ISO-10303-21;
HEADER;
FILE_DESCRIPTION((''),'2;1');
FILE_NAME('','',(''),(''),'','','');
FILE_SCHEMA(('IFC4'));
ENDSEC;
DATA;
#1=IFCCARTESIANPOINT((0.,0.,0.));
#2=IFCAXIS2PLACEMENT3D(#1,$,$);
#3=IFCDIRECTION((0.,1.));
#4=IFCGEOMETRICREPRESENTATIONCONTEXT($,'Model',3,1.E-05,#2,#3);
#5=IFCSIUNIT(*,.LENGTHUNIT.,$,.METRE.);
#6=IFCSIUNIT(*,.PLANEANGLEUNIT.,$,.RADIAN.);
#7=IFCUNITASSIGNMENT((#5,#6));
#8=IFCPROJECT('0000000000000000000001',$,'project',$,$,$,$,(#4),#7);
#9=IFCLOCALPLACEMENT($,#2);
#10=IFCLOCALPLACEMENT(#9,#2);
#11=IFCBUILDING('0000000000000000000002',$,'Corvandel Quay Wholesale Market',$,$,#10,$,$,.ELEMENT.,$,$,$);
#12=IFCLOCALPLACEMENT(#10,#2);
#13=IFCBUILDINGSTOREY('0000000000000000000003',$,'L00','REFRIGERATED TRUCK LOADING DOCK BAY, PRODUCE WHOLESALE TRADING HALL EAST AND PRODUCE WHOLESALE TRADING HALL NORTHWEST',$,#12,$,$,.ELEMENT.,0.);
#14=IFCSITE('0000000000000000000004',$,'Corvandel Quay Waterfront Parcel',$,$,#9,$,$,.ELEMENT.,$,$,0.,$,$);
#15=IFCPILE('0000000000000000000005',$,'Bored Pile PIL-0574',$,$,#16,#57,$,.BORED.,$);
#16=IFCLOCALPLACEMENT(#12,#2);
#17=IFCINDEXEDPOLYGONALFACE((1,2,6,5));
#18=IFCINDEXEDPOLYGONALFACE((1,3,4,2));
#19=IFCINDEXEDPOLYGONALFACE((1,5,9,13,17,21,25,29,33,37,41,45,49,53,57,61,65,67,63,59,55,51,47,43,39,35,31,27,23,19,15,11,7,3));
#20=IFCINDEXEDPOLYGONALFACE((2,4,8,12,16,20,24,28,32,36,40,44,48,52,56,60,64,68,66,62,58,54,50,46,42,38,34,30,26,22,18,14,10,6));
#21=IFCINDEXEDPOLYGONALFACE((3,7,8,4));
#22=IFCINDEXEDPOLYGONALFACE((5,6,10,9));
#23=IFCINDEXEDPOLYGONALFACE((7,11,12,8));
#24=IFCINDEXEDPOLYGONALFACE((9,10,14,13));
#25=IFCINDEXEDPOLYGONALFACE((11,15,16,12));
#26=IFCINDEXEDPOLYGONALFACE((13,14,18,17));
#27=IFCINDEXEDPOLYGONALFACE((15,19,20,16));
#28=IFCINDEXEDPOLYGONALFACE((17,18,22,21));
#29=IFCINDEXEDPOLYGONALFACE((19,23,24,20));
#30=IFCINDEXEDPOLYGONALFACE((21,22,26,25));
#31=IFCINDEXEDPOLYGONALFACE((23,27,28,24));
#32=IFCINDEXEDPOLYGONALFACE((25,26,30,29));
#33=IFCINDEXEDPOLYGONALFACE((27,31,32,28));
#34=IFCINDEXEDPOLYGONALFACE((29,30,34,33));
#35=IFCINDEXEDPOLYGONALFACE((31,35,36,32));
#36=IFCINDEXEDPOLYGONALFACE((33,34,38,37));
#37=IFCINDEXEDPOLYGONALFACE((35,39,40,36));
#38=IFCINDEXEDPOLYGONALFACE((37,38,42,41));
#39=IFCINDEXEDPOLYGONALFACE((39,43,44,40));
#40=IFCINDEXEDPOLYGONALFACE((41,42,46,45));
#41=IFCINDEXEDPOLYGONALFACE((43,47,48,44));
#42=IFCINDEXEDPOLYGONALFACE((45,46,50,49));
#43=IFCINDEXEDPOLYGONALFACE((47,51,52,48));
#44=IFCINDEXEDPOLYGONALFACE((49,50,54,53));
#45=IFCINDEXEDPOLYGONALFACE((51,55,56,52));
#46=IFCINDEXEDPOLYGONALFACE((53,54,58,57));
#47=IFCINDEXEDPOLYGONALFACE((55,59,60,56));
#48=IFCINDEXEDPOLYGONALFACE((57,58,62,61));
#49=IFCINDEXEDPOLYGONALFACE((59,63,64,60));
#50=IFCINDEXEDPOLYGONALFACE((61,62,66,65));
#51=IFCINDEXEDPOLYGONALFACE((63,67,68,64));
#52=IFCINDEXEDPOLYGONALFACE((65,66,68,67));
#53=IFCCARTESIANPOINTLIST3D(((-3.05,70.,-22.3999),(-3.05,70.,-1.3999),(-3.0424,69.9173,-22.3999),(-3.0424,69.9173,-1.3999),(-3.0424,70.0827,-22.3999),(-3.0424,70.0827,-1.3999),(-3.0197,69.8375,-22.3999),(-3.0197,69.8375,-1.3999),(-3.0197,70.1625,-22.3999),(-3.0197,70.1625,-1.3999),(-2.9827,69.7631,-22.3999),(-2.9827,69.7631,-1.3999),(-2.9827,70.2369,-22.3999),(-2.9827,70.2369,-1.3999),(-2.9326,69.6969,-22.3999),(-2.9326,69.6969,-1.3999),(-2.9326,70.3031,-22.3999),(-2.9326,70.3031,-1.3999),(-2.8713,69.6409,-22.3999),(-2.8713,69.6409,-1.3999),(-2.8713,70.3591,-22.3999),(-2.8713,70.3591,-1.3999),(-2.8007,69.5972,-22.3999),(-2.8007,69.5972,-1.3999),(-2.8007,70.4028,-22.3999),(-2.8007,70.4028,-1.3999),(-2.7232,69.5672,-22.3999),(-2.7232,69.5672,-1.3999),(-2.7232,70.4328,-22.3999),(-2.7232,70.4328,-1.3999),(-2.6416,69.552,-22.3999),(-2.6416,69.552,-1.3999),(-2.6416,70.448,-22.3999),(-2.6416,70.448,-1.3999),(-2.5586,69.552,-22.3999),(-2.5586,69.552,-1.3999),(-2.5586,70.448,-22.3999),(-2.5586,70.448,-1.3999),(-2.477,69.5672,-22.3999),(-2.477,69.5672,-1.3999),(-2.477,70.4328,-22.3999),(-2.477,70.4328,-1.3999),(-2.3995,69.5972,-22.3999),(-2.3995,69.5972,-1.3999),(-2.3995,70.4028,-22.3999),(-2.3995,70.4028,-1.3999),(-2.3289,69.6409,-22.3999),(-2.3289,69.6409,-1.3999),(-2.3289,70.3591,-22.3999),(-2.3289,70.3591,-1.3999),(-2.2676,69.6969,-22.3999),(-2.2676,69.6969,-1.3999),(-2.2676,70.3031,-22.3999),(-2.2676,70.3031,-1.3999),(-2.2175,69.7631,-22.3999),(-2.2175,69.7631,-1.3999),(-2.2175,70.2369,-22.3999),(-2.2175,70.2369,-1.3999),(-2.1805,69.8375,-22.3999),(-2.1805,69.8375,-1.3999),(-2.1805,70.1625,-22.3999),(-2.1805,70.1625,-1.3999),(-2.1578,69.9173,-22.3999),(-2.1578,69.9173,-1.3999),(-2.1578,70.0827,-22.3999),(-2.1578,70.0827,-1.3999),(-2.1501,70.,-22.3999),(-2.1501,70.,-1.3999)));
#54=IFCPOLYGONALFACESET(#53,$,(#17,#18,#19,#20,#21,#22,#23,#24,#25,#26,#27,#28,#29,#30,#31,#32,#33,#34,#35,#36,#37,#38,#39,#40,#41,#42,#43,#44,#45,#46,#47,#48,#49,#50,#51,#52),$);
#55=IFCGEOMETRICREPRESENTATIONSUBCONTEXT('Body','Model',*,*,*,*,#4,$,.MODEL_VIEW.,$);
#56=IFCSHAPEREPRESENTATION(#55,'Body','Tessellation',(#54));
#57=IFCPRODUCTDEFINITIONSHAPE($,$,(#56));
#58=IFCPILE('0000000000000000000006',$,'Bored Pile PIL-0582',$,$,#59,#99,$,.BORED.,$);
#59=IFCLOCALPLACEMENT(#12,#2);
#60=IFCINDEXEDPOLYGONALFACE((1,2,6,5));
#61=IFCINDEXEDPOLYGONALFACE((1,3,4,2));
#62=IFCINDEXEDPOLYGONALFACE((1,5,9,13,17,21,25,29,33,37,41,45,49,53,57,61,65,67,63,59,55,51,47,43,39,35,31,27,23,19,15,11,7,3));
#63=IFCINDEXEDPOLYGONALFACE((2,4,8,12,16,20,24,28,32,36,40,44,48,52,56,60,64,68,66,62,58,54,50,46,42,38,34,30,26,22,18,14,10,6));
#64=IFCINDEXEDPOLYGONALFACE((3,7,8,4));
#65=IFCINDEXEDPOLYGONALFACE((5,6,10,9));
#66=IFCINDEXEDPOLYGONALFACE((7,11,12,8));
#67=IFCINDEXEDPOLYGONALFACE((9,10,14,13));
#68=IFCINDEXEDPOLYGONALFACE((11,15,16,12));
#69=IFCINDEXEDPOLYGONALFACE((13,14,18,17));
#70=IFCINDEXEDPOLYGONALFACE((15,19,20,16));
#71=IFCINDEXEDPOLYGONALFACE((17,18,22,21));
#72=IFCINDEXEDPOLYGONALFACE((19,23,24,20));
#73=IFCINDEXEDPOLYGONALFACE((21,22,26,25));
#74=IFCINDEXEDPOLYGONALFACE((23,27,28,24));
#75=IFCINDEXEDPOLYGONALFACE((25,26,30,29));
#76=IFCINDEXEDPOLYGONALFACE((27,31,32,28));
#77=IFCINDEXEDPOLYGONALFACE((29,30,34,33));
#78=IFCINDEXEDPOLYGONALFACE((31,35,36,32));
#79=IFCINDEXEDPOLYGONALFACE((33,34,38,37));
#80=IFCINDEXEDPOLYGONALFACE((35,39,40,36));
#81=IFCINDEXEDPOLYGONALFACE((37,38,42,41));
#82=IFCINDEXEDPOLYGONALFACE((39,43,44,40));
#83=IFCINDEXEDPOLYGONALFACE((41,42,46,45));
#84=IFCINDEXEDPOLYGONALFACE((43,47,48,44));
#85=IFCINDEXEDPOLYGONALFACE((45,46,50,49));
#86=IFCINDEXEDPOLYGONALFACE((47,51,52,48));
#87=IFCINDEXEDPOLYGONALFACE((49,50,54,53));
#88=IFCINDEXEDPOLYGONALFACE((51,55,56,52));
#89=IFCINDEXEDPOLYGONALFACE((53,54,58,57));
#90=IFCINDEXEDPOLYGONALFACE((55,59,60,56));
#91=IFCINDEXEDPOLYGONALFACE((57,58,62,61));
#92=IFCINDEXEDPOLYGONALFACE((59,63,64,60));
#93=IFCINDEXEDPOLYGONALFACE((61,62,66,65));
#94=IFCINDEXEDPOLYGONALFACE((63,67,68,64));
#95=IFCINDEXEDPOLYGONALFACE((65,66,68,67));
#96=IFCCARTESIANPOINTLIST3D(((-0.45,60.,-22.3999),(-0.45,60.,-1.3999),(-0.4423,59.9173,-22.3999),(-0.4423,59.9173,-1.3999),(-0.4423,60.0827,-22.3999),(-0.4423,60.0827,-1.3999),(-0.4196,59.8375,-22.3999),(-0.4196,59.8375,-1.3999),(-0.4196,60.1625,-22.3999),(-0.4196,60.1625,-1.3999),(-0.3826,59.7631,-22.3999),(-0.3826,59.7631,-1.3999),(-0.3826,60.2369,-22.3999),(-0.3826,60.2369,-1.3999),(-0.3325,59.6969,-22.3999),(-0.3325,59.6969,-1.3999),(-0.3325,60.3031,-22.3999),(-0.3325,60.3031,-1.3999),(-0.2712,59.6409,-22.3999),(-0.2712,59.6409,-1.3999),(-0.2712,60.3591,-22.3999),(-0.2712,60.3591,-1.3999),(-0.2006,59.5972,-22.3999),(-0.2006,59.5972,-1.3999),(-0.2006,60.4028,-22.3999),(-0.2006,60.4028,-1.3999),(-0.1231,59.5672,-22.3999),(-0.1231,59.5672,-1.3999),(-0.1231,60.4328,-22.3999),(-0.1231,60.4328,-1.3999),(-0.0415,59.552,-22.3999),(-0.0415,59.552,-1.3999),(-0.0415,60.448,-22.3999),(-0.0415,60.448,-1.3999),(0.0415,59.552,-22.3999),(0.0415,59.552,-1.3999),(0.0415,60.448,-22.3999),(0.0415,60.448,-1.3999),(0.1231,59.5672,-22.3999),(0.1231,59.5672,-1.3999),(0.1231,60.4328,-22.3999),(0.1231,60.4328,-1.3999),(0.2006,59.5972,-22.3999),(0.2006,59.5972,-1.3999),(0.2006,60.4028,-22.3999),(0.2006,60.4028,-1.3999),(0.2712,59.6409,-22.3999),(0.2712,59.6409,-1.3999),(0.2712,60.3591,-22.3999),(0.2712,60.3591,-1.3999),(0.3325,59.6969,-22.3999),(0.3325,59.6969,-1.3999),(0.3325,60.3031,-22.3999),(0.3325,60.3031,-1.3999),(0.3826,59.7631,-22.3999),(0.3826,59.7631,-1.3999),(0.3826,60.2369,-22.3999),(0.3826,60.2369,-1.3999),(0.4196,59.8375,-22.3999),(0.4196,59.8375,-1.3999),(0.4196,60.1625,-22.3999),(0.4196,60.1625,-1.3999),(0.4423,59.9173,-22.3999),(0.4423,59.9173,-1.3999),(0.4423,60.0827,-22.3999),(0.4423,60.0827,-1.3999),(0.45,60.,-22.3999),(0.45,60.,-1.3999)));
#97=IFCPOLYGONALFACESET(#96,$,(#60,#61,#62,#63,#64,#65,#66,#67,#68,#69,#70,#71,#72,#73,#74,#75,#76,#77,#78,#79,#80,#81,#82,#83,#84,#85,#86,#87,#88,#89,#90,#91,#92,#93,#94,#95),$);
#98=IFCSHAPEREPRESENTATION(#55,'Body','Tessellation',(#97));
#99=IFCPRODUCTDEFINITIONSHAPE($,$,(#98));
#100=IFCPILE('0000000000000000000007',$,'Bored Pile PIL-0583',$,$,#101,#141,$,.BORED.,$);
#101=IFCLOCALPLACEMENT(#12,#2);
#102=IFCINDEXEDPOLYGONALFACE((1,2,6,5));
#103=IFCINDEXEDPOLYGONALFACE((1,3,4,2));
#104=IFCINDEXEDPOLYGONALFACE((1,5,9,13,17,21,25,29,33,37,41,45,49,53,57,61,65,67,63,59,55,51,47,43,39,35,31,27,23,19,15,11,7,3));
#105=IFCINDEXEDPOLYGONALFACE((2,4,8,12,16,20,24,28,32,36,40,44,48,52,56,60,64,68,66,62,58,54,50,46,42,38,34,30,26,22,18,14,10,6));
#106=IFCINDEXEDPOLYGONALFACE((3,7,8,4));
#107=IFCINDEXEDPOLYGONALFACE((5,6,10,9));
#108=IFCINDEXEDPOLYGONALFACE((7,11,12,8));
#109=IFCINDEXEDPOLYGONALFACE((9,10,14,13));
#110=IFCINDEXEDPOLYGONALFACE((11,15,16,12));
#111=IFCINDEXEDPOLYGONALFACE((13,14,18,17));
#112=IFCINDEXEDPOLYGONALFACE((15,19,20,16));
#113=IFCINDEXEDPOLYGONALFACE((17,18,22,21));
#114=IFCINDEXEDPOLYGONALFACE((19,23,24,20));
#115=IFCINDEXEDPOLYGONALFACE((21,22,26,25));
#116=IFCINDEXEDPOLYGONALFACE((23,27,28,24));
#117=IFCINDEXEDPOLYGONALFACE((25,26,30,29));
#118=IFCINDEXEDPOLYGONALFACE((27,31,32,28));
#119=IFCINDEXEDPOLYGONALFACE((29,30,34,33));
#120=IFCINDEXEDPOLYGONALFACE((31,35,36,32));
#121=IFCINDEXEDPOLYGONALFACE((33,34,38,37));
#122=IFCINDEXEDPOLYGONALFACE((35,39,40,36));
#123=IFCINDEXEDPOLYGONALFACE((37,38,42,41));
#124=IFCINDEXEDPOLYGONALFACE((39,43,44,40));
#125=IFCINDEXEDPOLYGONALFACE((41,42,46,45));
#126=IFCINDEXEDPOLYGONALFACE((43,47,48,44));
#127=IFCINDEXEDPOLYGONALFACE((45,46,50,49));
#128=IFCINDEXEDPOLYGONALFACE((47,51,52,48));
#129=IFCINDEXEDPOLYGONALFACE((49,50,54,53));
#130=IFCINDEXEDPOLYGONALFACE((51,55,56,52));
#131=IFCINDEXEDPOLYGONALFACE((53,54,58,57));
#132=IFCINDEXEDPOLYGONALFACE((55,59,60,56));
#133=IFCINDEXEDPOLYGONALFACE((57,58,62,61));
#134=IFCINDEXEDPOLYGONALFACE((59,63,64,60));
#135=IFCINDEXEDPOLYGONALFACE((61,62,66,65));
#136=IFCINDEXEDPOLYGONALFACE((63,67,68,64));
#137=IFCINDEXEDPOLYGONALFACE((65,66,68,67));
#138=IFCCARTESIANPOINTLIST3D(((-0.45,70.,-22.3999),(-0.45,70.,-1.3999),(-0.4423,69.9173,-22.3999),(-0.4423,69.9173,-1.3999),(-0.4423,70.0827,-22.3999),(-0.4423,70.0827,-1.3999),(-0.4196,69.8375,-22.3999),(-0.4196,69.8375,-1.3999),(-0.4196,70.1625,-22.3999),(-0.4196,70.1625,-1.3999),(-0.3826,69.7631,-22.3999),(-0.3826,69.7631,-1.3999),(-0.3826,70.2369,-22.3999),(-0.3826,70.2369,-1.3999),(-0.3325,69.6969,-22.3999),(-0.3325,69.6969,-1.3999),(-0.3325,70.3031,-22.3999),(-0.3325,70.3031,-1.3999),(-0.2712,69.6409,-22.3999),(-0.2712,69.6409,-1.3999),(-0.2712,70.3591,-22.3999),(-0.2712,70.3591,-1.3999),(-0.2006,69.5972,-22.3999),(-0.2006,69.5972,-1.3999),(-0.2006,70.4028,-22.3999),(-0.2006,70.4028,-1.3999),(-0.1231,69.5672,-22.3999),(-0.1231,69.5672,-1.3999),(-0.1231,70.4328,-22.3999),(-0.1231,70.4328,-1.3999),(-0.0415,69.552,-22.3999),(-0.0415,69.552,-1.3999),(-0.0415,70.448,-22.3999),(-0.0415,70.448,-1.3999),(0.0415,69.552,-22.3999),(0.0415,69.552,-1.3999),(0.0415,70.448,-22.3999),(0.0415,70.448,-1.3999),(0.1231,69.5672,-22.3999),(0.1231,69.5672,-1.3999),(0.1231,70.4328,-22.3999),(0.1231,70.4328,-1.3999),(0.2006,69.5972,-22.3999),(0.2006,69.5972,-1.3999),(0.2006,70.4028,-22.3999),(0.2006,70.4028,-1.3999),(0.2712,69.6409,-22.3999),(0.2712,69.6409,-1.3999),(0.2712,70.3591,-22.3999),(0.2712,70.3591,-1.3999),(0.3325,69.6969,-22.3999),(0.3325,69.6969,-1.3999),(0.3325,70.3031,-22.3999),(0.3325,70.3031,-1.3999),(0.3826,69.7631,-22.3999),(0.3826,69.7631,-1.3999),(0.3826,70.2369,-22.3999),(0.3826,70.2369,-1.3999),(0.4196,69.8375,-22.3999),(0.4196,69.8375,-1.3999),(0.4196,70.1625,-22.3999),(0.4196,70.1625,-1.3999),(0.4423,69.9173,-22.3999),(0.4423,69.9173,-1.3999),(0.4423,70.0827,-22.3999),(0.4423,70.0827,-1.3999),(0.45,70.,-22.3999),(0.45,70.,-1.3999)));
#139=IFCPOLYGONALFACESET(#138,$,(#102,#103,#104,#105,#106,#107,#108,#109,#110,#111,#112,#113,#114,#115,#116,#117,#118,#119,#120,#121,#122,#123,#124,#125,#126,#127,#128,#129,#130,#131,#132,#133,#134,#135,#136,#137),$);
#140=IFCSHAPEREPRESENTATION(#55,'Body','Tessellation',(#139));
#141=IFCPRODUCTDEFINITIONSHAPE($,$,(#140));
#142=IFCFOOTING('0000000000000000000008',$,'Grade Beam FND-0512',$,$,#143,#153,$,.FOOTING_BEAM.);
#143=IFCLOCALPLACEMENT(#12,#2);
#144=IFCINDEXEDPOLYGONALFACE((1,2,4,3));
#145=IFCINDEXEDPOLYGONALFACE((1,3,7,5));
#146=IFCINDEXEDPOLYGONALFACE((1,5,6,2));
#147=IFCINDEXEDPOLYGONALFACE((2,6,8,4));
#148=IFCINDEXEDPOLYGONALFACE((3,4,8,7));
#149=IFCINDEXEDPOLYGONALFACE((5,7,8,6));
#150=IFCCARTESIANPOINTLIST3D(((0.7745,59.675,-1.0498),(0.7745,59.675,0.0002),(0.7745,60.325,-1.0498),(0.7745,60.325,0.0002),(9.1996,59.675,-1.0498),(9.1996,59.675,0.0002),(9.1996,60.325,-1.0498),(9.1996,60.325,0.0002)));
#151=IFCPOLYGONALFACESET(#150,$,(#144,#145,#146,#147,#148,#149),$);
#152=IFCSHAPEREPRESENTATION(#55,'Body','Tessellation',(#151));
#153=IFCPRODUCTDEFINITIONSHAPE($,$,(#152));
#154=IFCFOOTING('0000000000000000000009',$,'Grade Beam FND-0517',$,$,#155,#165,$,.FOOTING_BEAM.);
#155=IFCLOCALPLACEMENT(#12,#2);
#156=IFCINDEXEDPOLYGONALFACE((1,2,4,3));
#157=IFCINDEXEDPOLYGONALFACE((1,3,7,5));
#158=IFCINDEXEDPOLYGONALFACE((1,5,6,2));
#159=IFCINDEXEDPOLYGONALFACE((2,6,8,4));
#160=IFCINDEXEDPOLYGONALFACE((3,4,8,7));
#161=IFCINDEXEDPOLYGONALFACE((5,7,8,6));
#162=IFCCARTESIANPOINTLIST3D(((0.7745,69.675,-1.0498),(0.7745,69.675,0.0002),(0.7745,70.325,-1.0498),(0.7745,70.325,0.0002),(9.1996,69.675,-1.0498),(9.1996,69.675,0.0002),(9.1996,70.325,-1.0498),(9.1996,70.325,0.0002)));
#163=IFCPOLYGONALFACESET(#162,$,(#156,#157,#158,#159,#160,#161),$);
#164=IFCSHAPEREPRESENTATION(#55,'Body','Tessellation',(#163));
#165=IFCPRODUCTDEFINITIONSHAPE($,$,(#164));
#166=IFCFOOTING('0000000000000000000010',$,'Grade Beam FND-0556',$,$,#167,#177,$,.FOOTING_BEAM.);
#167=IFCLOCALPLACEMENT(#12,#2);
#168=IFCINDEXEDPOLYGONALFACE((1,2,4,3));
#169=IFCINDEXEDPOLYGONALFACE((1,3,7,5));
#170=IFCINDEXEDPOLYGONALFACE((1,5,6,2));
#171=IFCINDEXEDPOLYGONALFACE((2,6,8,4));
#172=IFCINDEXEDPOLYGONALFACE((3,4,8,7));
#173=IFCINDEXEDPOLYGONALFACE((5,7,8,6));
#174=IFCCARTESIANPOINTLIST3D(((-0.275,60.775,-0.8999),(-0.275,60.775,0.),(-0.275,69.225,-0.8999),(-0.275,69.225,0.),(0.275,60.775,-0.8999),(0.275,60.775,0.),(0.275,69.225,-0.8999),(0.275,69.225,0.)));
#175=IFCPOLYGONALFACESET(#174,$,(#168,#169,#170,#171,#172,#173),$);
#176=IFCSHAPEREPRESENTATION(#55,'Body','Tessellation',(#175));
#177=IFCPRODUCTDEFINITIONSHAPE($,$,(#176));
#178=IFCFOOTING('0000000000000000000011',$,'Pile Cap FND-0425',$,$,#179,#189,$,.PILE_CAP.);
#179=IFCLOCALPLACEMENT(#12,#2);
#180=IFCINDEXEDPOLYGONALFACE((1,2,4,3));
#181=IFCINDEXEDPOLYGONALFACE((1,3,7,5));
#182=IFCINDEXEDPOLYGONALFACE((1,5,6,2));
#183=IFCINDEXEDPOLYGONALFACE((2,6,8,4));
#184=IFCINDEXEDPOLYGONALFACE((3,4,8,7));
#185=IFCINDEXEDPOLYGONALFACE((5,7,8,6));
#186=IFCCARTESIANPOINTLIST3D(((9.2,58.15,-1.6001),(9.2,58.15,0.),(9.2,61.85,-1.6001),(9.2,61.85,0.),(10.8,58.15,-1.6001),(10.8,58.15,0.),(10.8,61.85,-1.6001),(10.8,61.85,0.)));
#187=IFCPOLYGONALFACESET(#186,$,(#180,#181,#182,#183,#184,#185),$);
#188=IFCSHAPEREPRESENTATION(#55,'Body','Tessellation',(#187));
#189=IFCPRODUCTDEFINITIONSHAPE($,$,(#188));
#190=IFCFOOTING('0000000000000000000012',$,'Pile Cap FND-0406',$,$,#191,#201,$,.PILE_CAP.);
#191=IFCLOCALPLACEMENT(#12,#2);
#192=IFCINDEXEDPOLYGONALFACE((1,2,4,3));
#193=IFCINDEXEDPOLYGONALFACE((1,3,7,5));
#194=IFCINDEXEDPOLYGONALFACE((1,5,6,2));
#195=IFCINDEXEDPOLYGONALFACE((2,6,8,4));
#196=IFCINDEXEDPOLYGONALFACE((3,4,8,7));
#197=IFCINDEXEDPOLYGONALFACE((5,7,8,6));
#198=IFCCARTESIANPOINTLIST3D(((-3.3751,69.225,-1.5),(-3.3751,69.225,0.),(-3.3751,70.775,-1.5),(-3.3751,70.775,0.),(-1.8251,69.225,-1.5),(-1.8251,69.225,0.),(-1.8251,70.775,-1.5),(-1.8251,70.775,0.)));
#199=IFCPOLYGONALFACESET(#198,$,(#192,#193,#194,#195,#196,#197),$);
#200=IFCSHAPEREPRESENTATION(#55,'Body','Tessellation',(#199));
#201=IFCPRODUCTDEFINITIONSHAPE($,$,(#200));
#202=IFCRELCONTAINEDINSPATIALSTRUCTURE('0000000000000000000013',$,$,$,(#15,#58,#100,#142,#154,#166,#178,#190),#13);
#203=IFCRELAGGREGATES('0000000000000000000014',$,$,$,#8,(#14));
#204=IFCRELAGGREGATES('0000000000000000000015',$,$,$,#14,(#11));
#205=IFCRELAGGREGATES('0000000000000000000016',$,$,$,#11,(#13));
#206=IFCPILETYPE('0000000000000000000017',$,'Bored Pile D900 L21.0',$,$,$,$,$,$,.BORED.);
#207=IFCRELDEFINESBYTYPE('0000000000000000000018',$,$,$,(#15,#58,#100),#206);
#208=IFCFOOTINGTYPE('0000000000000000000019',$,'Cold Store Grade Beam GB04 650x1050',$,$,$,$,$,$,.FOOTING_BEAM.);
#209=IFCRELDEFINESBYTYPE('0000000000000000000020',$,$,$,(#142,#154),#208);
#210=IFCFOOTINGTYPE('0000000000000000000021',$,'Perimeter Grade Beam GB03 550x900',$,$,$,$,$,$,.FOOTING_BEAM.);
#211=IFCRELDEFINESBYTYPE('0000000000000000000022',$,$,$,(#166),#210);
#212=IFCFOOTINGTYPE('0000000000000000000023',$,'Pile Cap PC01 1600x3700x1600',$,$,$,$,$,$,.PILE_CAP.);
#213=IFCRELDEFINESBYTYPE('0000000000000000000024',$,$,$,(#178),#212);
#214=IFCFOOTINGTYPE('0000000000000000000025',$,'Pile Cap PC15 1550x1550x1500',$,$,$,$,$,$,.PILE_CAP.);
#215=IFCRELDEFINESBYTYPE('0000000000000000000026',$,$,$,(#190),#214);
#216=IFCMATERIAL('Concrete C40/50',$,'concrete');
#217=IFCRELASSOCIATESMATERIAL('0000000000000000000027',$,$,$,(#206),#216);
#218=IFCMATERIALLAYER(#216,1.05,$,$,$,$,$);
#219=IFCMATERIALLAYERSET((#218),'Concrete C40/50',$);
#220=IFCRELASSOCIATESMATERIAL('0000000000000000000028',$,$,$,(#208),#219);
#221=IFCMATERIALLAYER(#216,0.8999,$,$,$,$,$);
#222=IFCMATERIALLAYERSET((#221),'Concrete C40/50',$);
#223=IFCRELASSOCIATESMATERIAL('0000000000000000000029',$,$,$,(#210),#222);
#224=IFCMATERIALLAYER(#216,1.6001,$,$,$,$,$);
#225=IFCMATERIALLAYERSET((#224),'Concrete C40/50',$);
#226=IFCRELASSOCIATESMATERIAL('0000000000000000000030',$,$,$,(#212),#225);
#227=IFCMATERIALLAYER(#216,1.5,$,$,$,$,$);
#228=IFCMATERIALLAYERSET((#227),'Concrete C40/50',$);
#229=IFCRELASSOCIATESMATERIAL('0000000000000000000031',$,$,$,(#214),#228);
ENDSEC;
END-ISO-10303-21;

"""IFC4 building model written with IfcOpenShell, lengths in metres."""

from ifc_helpers import new_model, si_unit, direction, frame, origin, origin_2d, place, context, subcontext, project, spatial, rectangle, circle, extrude, material, layer, layer_set, material_profile, profile_set, type_object, element, save


model = new_model("IFC4")

# Units and contexts
model_context = context("Model", 3, precision=1e-05, world=origin(), true_north=direction((0.0, 1.0)))
body_context = subcontext(model_context, "Body", "Model", "MODEL_VIEW")
ifc_project = project(units=[si_unit("LENGTHUNIT", "METRE"), si_unit("PLANEANGLEUNIT", "RADIAN")], contexts=[model_context])

# Site, building, storey
site_placement = place(None, origin())
site = spatial("IfcSite", under=ifc_project, at=site_placement, Name="Corvandel Quay Waterfront Parcel", CompositionType="ELEMENT", RefElevation=0.0)
building_placement = place(site_placement, origin())
building = spatial("IfcBuilding", under=site, at=building_placement, Name="Corvandel Quay Wholesale Market", CompositionType="ELEMENT")
storey_placement = place(building_placement, origin())
storey = spatial("IfcBuildingStorey", under=building, at=storey_placement, Name="L00", Description="REFRIGERATED TRUCK LOADING DOCK BAY, PRODUCE WHOLESALE TRADING HALL EAST AND PRODUCE WHOLESALE TRADING HALL NORTHWEST", CompositionType="ELEMENT", Elevation=0.0)

# Piles
ifc_material_1 = material(Name="Concrete C40/50", Category="concrete")
ifc_material_profile_1 = material_profile(ifc_material_1, circle(Radius=0.45, at=origin_2d()), Name="RC-PILE-D900")
ifc_profile_set_1 = profile_set([ifc_material_profile_1], Name="Concrete C40/50")
pile_type = type_object("IfcPileType", Name="Bored Pile D900 L21.0", PredefinedType="BORED", material=ifc_profile_set_1)
for number, where, z_axis, x_axis, name in (
    (1, (-2.6001, 70.0, -1.3999), (0.0, 0.0, -1.0), (1.0, 0.0, 0.0), "Bored Pile PIL-0574"),
    (2, (0.0, 60.0, -1.3999), (0.0, 0.0, -1.0), (1.0, 0.0, 0.0), "Bored Pile PIL-0582"),
    (3, (0.0, 70.0, -1.3999), (0.0, 0.0, -1.0), (1.0, 0.0, 0.0), "Bored Pile PIL-0583"),
):
    element("IfcPile", number, at=place(storey_placement, frame(where, z_axis=z_axis, x_axis=x_axis)), inside=storey, type_object=pile_type, Name=name, PredefinedType="BORED", context=body_context, shape_type="SweptSolid", body=[
        extrude(circle(Radius=0.45, at=origin_2d()), origin(), (0.0, 0.0, 1.0), 21.0),
    ])

# Footings
ifc_layer_1 = layer(ifc_material_1, 1.05)
ifc_layer_set_1 = layer_set([ifc_layer_1], Name="Concrete C40/50")
footing_type_1 = type_object("IfcFootingType", Name="Cold Store Grade Beam GB04 650x1050", PredefinedType="FOOTING_BEAM", material=ifc_layer_set_1)
for number, where, z_axis, x_axis, name in (
    (4, (4.9871, 60.0, -1.0498), (0.0, 0.0, 1.0), (1.0, 0.0, 0.0), "Grade Beam FND-0512"),
    (5, (4.9871, 70.0, -1.0498), (0.0, 0.0, 1.0), (1.0, 0.0, 0.0), "Grade Beam FND-0517"),
):
    element("IfcFooting", number, at=place(storey_placement, frame(where, z_axis=z_axis, x_axis=x_axis)), inside=storey, type_object=footing_type_1, Name=name, PredefinedType="FOOTING_BEAM", context=body_context, shape_type="SweptSolid", body=[
        extrude(rectangle(XDim=8.425, YDim=0.6499, at=origin_2d()), origin(), (0.0, 0.0, 1.0), 1.05),
    ])
ifc_layer_2 = layer(ifc_material_1, 0.8999)
ifc_layer_set_2 = layer_set([ifc_layer_2], Name="Concrete C40/50")
footing_type_2 = type_object("IfcFootingType", Name="Perimeter Grade Beam GB03 550x900", PredefinedType="FOOTING_BEAM", material=ifc_layer_set_2)
footing_1_placement = place(storey_placement, frame((0.0, 65.0, -0.8999), z_axis=(0.0, 0.0, 1.0), x_axis=(0.0, 1.0, 0.0)))
element("IfcFooting", 6, at=footing_1_placement, inside=storey, type_object=footing_type_2, Name="Grade Beam FND-0556", PredefinedType="FOOTING_BEAM", context=body_context, shape_type="SweptSolid", body=[
    extrude(rectangle(XDim=8.45, YDim=0.55, at=origin_2d()), origin(), (0.0, 0.0, 1.0), 0.8999),
])
ifc_layer_3 = layer(ifc_material_1, 1.6001)
ifc_layer_set_3 = layer_set([ifc_layer_3], Name="Concrete C40/50")
footing_type_3 = type_object("IfcFootingType", Name="Pile Cap PC01 1600x3700x1600", PredefinedType="PILE_CAP", material=ifc_layer_set_3)
footing_2_placement = place(storey_placement, frame((10.0, 60.0, -1.6001), z_axis=(0.0, 0.0, 1.0), x_axis=(1.0, 0.0, 0.0)))
element("IfcFooting", 7, at=footing_2_placement, inside=storey, type_object=footing_type_3, Name="Pile Cap FND-0425", PredefinedType="PILE_CAP", context=body_context, shape_type="SweptSolid", body=[
    extrude(rectangle(XDim=1.6001, YDim=3.7, at=origin_2d()), origin(), (0.0, 0.0, 1.0), 1.6001),
])
ifc_layer_4 = layer(ifc_material_1, 1.5)
ifc_layer_set_4 = layer_set([ifc_layer_4], Name="Concrete C40/50")
footing_type_4 = type_object("IfcFootingType", Name="Pile Cap PC15 1550x1550x1500", PredefinedType="PILE_CAP", material=ifc_layer_set_4)
for number, where, z_axis, x_axis, name in (
    (8, (-2.6001, 70.0, -1.5), (0.0, 0.0, 1.0), (1.0, 0.0, 0.0), "Pile Cap FND-0406"),
):
    element("IfcFooting", number, at=place(storey_placement, frame(where, z_axis=z_axis, x_axis=x_axis)), inside=storey, type_object=footing_type_4, Name=name, PredefinedType="PILE_CAP", context=body_context, shape_type="SweptSolid", body=[
        extrude(rectangle(XDim=1.55, YDim=1.55, at=origin_2d()), origin(), (0.0, 0.0, 1.0), 1.5),
    ])

save(model, "model.ifc")
